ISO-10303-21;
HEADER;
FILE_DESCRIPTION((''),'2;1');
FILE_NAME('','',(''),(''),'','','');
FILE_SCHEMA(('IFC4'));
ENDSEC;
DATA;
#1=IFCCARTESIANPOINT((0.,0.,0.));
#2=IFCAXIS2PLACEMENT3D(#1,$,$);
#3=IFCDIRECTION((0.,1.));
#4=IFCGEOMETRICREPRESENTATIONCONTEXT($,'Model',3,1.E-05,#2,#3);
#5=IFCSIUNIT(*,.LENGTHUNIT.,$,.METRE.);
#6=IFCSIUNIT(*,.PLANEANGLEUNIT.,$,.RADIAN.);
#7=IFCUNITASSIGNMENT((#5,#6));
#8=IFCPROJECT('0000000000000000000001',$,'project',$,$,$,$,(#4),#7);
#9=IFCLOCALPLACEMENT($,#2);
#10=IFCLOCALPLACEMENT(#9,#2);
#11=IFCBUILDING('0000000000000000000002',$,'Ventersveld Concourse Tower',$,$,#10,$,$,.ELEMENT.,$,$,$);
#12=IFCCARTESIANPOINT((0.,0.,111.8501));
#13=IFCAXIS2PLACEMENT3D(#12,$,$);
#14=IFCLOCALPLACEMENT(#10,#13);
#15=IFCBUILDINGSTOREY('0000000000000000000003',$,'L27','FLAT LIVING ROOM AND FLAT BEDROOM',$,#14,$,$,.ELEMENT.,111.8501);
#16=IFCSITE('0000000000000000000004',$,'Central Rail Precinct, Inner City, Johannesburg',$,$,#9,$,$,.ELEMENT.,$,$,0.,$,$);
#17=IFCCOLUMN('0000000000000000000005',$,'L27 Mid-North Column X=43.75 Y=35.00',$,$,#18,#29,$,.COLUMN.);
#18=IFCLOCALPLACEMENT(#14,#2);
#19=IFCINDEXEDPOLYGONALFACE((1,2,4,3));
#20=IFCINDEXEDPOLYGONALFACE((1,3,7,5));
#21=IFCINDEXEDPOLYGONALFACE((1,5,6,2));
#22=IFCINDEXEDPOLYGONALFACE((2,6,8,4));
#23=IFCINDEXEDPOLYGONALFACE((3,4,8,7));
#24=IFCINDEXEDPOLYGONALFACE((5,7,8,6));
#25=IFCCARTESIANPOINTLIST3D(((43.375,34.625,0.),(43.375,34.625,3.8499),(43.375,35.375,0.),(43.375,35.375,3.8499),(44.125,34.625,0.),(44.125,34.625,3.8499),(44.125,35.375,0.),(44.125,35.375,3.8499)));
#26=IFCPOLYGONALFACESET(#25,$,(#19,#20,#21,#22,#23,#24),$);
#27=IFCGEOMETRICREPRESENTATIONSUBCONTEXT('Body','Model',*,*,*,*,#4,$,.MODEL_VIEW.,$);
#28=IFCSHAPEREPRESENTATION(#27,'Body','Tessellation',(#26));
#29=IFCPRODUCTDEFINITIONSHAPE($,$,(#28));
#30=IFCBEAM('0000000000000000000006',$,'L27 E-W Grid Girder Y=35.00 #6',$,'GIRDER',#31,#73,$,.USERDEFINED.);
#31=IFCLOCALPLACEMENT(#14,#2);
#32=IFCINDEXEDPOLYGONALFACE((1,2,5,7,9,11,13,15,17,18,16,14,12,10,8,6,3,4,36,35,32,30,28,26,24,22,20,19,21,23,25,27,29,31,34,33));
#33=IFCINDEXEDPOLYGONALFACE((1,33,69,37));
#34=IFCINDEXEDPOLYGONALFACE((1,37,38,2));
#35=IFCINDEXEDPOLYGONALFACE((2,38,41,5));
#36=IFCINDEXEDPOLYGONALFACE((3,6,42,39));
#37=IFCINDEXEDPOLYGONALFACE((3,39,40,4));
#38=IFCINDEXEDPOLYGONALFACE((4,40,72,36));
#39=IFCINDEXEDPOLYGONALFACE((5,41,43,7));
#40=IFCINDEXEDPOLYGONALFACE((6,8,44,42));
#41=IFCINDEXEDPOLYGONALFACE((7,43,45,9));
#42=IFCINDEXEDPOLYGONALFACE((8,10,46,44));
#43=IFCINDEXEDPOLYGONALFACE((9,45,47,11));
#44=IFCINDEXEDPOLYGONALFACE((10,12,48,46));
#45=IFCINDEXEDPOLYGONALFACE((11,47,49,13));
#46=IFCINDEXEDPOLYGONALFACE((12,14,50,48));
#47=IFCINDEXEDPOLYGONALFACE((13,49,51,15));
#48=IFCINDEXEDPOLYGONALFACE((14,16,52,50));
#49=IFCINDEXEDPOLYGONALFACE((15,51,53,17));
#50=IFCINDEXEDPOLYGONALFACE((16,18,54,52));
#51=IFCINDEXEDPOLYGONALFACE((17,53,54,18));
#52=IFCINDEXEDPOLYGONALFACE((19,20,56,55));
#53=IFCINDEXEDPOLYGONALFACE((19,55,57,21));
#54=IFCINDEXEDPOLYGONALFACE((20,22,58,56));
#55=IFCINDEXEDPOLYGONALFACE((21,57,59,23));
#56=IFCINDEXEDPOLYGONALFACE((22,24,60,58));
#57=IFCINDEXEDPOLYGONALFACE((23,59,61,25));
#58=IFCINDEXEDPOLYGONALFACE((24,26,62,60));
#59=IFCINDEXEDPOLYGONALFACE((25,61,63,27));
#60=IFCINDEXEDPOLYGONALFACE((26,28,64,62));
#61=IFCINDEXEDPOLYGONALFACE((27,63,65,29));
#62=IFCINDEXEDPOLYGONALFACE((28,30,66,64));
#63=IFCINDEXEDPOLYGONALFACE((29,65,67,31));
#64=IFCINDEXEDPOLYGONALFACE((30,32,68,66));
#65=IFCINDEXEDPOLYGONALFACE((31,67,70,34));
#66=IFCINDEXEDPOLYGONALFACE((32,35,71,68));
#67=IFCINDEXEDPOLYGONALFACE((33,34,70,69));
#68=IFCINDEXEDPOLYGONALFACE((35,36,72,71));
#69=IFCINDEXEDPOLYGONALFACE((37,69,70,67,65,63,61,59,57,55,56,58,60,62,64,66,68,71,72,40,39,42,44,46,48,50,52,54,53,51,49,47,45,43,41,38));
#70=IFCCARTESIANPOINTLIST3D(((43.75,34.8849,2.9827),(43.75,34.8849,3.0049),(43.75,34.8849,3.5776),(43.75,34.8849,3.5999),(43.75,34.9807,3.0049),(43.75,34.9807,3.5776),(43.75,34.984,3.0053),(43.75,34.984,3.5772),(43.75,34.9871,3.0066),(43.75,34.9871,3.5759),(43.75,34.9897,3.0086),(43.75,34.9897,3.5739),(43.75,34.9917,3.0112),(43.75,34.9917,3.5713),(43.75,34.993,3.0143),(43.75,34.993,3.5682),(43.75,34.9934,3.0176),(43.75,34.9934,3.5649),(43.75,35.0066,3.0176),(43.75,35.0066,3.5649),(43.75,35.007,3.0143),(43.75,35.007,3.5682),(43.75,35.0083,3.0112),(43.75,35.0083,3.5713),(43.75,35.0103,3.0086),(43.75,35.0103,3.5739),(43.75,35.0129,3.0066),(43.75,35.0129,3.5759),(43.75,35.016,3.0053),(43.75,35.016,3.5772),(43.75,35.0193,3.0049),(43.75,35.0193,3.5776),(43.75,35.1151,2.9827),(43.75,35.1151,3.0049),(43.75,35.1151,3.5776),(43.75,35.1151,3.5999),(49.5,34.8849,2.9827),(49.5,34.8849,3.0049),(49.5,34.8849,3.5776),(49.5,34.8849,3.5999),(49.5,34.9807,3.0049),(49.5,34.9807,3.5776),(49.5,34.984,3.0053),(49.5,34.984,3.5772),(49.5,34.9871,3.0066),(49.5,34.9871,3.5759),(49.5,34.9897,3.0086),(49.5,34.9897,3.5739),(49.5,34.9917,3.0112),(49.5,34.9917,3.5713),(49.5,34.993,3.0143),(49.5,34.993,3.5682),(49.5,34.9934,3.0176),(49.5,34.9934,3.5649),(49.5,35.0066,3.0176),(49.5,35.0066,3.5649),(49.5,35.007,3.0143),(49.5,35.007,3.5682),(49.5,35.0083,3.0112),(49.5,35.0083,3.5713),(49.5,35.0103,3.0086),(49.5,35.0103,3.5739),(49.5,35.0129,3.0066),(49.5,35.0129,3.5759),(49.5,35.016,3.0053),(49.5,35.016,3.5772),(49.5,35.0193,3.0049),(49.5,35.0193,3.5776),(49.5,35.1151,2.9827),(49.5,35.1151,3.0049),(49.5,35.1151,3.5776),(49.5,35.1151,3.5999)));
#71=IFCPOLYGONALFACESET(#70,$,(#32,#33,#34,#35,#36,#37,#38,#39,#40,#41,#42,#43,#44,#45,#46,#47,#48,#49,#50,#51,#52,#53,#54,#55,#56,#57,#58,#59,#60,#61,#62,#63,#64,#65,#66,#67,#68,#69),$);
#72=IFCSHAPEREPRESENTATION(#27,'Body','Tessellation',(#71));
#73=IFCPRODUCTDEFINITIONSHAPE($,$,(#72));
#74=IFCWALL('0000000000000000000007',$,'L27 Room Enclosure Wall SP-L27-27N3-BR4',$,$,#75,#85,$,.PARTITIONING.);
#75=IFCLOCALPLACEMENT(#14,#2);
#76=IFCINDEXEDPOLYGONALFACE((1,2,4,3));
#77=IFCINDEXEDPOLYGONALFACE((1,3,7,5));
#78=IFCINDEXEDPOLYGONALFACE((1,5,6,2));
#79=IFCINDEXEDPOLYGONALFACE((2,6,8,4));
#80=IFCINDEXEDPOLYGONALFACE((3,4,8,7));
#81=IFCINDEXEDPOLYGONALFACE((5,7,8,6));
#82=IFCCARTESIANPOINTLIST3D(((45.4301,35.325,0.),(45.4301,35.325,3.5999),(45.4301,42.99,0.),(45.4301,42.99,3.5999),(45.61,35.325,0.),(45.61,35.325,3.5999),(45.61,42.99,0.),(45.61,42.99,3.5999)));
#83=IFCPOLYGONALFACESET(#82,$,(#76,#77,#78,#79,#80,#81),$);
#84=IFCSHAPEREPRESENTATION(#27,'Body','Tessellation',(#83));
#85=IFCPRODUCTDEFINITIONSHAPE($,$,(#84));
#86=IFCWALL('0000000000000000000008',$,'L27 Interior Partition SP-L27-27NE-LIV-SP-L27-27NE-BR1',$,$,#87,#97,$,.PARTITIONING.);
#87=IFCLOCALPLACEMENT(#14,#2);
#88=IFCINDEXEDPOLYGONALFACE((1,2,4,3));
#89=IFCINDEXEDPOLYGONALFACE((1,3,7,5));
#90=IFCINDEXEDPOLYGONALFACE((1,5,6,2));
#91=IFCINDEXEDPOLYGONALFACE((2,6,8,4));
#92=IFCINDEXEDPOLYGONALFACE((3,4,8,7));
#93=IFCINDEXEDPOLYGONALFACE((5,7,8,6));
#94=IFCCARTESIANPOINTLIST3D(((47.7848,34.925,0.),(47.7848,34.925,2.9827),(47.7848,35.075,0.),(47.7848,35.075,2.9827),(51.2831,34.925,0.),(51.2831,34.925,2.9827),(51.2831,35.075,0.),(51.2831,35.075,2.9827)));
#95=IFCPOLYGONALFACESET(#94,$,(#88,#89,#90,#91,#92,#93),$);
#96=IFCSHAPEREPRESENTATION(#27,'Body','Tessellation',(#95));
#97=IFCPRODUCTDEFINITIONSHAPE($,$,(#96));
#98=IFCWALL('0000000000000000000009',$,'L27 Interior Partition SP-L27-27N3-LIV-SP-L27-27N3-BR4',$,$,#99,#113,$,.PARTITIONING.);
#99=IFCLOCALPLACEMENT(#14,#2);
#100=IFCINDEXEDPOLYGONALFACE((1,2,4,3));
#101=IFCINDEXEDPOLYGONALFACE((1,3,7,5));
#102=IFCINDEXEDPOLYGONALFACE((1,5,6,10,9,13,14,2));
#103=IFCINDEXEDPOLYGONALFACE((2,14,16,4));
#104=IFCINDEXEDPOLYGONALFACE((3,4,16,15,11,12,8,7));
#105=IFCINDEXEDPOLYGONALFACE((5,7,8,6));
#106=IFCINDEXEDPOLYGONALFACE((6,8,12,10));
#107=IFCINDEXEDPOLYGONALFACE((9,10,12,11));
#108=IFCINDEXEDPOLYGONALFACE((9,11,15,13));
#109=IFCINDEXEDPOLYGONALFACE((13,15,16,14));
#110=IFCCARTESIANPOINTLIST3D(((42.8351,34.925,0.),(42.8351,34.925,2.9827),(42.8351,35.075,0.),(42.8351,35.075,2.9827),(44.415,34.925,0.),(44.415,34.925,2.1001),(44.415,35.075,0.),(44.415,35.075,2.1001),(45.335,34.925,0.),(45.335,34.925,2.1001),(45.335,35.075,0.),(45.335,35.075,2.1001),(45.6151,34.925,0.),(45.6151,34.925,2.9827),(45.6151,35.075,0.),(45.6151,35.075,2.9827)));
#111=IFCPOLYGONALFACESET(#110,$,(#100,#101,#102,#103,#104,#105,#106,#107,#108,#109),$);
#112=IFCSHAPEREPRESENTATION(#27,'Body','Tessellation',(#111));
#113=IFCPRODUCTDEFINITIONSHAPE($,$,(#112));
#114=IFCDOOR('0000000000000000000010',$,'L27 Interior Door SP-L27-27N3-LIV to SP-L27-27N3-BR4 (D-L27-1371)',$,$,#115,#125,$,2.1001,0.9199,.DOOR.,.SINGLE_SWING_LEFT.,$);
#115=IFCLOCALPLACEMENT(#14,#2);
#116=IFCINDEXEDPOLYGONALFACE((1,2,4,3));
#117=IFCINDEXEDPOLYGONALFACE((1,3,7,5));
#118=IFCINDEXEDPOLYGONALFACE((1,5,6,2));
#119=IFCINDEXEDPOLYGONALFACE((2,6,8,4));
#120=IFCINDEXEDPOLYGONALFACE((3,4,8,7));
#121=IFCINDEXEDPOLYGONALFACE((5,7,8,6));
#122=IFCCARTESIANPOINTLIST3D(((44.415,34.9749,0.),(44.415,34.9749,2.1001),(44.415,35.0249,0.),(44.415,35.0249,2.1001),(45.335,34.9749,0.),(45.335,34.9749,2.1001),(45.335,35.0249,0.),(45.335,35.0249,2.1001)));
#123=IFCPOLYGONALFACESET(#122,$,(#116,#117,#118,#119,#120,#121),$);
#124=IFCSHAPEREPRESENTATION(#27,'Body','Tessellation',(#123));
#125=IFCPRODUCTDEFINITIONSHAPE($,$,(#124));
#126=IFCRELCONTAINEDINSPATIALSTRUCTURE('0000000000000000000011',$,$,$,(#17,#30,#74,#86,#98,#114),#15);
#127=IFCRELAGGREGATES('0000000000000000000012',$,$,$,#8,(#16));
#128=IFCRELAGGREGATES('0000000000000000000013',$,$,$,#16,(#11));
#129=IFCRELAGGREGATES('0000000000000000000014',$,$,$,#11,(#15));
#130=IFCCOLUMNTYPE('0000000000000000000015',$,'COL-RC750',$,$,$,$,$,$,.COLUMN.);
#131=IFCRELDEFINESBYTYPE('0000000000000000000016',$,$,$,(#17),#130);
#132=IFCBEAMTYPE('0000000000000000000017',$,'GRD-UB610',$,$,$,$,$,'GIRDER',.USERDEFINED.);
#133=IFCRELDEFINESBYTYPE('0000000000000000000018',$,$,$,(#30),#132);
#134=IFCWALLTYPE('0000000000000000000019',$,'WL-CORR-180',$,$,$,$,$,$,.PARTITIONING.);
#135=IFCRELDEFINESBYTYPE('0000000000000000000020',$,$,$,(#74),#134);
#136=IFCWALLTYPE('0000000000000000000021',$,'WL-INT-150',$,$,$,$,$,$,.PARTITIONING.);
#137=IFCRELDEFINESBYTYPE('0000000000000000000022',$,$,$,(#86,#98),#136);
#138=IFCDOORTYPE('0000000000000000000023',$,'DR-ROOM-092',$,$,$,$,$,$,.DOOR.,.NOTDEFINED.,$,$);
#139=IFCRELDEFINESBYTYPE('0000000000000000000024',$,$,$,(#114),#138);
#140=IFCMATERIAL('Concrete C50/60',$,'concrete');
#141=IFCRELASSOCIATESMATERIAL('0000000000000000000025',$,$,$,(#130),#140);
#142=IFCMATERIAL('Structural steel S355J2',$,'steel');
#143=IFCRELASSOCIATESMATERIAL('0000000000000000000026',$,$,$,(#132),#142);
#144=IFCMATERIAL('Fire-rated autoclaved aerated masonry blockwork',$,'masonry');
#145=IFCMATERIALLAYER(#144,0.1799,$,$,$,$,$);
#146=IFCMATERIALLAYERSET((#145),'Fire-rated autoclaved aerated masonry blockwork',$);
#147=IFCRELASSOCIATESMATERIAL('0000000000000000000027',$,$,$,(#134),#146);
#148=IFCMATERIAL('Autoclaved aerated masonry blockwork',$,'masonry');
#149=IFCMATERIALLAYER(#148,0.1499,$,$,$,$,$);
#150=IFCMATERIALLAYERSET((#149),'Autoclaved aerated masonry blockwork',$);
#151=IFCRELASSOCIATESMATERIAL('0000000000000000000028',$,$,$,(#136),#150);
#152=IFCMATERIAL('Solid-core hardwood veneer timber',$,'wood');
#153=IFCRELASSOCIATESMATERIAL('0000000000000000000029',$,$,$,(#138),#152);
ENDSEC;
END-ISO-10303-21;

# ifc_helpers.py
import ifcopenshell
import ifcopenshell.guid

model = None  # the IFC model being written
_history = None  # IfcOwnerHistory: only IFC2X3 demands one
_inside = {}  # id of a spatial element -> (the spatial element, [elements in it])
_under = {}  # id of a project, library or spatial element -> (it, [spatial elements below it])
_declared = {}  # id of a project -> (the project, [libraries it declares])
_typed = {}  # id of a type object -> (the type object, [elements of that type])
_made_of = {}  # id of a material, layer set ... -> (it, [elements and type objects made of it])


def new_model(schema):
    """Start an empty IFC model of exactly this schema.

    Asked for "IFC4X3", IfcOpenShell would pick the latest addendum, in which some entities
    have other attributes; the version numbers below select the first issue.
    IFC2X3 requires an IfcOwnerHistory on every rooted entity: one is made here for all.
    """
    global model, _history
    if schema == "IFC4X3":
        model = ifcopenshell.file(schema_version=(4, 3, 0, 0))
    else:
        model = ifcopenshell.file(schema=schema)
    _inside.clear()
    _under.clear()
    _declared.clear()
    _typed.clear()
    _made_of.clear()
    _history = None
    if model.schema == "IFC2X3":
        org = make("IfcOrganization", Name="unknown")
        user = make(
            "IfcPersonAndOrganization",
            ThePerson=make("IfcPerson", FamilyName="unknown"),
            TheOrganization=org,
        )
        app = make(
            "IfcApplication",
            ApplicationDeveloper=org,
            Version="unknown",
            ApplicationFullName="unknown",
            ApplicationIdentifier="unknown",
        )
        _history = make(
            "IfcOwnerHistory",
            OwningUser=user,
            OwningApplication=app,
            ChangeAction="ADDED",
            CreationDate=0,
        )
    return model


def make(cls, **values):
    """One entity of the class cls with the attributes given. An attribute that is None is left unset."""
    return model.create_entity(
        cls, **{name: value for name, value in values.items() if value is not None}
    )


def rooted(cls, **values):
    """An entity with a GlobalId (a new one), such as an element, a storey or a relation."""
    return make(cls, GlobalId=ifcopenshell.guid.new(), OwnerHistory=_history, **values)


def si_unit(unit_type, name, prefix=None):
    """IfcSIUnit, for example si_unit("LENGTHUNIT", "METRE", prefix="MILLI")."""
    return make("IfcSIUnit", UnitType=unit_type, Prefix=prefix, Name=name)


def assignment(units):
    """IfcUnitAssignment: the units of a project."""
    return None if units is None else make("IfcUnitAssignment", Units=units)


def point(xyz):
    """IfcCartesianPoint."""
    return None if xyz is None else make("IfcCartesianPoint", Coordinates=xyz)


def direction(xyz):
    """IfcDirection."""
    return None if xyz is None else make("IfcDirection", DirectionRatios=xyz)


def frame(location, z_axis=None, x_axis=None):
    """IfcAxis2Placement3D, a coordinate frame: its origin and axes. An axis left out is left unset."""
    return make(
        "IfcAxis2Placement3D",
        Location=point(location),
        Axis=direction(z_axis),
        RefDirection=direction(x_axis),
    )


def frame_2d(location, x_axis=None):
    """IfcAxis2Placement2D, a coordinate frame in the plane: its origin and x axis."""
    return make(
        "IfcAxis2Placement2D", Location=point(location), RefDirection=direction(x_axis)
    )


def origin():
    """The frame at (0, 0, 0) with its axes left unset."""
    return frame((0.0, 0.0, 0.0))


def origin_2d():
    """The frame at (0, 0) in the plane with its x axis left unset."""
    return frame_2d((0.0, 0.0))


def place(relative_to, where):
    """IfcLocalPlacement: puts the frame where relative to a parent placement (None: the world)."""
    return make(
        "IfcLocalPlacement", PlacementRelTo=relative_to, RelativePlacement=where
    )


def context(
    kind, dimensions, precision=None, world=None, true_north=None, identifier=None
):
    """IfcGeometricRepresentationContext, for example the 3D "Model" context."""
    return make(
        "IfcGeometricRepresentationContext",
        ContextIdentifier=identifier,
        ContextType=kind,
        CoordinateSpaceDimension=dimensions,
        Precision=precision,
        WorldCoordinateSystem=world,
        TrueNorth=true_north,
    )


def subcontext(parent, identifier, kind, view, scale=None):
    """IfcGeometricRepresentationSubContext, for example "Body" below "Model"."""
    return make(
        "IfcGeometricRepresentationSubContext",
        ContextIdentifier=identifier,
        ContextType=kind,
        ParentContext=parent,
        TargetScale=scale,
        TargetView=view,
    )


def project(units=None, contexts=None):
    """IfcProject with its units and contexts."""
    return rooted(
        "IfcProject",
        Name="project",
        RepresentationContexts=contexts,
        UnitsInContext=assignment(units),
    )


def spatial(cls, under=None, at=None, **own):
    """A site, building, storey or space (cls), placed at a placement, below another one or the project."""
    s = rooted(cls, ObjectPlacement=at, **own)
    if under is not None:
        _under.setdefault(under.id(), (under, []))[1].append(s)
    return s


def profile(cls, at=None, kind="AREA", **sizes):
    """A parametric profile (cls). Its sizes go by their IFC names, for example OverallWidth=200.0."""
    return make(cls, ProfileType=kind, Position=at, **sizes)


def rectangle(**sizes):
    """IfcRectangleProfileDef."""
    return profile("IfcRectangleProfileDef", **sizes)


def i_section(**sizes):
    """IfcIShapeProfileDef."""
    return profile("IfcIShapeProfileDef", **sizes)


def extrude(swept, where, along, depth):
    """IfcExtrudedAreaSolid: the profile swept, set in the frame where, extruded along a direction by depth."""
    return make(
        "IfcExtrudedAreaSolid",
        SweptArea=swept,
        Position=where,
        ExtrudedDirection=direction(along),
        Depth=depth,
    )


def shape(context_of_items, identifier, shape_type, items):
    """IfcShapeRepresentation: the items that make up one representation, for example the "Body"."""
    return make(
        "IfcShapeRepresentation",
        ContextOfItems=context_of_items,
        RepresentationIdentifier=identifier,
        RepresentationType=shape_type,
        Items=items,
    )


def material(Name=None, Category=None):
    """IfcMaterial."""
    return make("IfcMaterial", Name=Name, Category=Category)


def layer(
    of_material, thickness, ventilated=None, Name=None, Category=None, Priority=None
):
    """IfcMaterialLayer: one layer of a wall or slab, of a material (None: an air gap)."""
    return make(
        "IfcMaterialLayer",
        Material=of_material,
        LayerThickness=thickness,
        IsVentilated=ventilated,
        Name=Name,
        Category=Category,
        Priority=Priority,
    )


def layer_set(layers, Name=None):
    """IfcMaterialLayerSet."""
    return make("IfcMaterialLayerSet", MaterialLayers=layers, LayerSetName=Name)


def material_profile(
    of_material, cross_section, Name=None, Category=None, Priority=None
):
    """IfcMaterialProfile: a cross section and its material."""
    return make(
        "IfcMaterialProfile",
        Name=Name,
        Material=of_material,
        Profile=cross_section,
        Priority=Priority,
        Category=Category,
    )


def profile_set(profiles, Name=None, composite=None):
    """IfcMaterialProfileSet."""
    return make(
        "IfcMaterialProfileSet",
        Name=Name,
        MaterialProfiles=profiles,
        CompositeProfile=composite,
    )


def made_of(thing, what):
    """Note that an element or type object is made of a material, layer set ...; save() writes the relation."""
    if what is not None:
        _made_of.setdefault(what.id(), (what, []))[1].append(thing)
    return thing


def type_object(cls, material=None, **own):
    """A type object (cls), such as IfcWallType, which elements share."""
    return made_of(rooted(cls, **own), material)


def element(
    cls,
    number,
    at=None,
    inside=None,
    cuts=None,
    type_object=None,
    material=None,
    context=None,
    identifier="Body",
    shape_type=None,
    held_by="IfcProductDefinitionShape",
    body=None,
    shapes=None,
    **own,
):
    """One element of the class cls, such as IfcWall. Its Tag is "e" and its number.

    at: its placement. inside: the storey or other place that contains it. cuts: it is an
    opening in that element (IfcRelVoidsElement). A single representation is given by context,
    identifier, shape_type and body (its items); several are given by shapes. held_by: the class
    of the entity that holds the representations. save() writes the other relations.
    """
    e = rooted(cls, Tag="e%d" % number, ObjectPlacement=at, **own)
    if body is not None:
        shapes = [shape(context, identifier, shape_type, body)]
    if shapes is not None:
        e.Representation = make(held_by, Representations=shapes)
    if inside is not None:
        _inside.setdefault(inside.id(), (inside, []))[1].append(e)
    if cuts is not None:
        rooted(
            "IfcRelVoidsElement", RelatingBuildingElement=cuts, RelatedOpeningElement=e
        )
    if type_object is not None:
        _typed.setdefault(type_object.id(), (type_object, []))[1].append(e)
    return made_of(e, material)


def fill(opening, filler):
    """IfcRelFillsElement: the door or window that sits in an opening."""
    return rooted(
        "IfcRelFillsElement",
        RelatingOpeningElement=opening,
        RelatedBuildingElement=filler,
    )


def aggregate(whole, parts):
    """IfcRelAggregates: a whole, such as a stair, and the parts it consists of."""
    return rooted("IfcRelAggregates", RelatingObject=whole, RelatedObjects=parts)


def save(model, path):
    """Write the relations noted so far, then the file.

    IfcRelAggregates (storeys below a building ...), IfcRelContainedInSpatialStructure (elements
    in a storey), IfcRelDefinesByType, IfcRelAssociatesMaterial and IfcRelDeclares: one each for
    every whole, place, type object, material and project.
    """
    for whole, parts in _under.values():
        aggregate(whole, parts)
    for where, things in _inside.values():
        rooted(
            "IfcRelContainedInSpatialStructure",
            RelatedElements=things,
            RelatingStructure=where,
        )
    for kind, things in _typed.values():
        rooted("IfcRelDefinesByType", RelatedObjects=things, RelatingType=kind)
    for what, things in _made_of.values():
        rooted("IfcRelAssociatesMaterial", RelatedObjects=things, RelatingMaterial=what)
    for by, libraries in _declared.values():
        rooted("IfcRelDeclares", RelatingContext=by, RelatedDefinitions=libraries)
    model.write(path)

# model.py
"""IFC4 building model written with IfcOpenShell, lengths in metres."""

from ifc_helpers import new_model, si_unit, direction, frame, frame_2d, origin, origin_2d, place, context, subcontext, project, spatial, rectangle, i_section, extrude, material, layer, layer_set, material_profile, profile_set, type_object, element, fill, save


model = new_model("IFC4")

# Units and contexts
model_context = context("Model", 3, precision=1e-05, world=origin(), true_north=direction((0.0, 1.0)))
body_context = subcontext(model_context, "Body", "Model", "MODEL_VIEW")
ifc_project = project(units=[si_unit("LENGTHUNIT", "METRE"), si_unit("PLANEANGLEUNIT", "RADIAN")], contexts=[model_context])

# Site, building, storey
site_placement = place(None, origin())
site = spatial("IfcSite", under=ifc_project, at=site_placement, Name="Central Rail Precinct, Inner City, Johannesburg", CompositionType="ELEMENT", RefElevation=0.0)
building_placement = place(site_placement, origin())
building = spatial("IfcBuilding", under=site, at=building_placement, Name="Ventersveld Concourse Tower", CompositionType="ELEMENT")
storey_placement = place(building_placement, frame((0.0, 0.0, 111.8501)))
storey = spatial("IfcBuildingStorey", under=building, at=storey_placement, Name="L27", Description="FLAT LIVING ROOM AND FLAT BEDROOM", CompositionType="ELEMENT", Elevation=111.8501)

# Column
ifc_material_1 = material(Name="Concrete C50/60", Category="concrete")
ifc_material_profile_1 = material_profile(ifc_material_1, rectangle(XDim=0.75, YDim=0.75, at=origin_2d()), Name="RC 750x750")
ifc_profile_set_1 = profile_set([ifc_material_profile_1], Name="Concrete C50/60")
column_type = type_object("IfcColumnType", Name="COL-RC750", PredefinedType="COLUMN", material=ifc_profile_set_1)
column_placement = place(storey_placement, frame((43.75, 35.0, 0.0), z_axis=(0.0, 0.0, 1.0), x_axis=(1.0, 0.0, 0.0)))
element("IfcColumn", 1, at=column_placement, inside=storey, type_object=column_type, Name="L27 Mid-North Column X=43.75 Y=35.00", PredefinedType="COLUMN", context=body_context, shape_type="SweptSolid", body=[
    extrude(rectangle(XDim=0.75, YDim=0.75, at=origin_2d()), origin(), (0.0, 0.0, 1.0), 3.8499),
])

# Beam
ifc_material_2 = material(Name="Structural steel S355J2", Category="steel")
ifc_material_profile_2 = material_profile(ifc_material_2, i_section(OverallWidth=0.2302, OverallDepth=0.6172, WebThickness=0.0132, FlangeThickness=0.0222, FilletRadius=0.0127, at=origin_2d()), Name="UB 610x229x140")
ifc_profile_set_2 = profile_set([ifc_material_profile_2], Name="Structural steel S355J2")
beam_type = type_object("IfcBeamType", Name="GRD-UB610", ElementType="GIRDER", PredefinedType="USERDEFINED", material=ifc_profile_set_2)
beam_placement = place(storey_placement, frame((43.75, 35.0, 3.2913), z_axis=(1.0, 0.0, 0.0), x_axis=(0.0, 1.0, 0.0)))
element("IfcBeam", 2, at=beam_placement, inside=storey, type_object=beam_type, Name="L27 E-W Grid Girder Y=35.00 #6", ObjectType="GIRDER", PredefinedType="USERDEFINED", context=body_context, shape_type="SweptSolid", body=[
    extrude(i_section(OverallWidth=0.2302, OverallDepth=0.6172, WebThickness=0.0132, FlangeThickness=0.0222, FilletRadius=0.0127, at=origin_2d()), origin(), (0.0, 0.0, 1.0), 5.75),
])

# Walls
ifc_material_3 = material(Name="Fire-rated autoclaved aerated masonry blockwork", Category="masonry")
ifc_layer_1 = layer(ifc_material_3, 0.1799)
ifc_layer_set_1 = layer_set([ifc_layer_1], Name="Fire-rated autoclaved aerated masonry blockwork")
wall_type_1 = type_object("IfcWallType", Name="WL-CORR-180", PredefinedType="PARTITIONING", material=ifc_layer_set_1)
wall_1_placement = place(storey_placement, frame((45.52, 42.99, 0.0), z_axis=(0.0, 0.0, 1.0), x_axis=(0.0, -1.0, 0.0)))
element("IfcWall", 3, at=wall_1_placement, inside=storey, type_object=wall_type_1, Name="L27 Room Enclosure Wall SP-L27-27N3-BR4", PredefinedType="PARTITIONING", context=body_context, shape_type="SweptSolid", body=[
    extrude(rectangle(XDim=7.665, YDim=0.1799, at=frame_2d((3.8325, 0.0))), origin(), (0.0, 0.0, 1.0), 3.5999),
])
ifc_material_4 = material(Name="Autoclaved aerated masonry blockwork", Category="masonry")
ifc_layer_2 = layer(ifc_material_4, 0.1499)
ifc_layer_set_2 = layer_set([ifc_layer_2], Name="Autoclaved aerated masonry blockwork")
wall_type_2 = type_object("IfcWallType", Name="WL-INT-150", PredefinedType="PARTITIONING", material=ifc_layer_set_2)
wall_2_placement = place(storey_placement, frame((47.7849, 35.0, 0.0), z_axis=(0.0, 0.0, 1.0), x_axis=(1.0, 0.0, 0.0)))
element("IfcWall", 4, at=wall_2_placement, inside=storey, type_object=wall_type_2, Name="L27 Interior Partition SP-L27-27NE-LIV-SP-L27-27NE-BR1", PredefinedType="PARTITIONING", context=body_context, shape_type="SweptSolid", body=[
    extrude(rectangle(XDim=3.4983, YDim=0.1499, at=frame_2d((1.749, 0.0))), origin(), (0.0, 0.0, 1.0), 2.9827),
])

# Wall, opening, door
wall_3_placement = place(storey_placement, frame((42.835, 35.0, 0.0), z_axis=(0.0, 0.0, 1.0), x_axis=(1.0, 0.0, 0.0)))
wall_3 = element("IfcWall", 5, at=wall_3_placement, inside=storey, type_object=wall_type_2, Name="L27 Interior Partition SP-L27-27N3-LIV-SP-L27-27N3-BR4", PredefinedType="PARTITIONING", context=body_context, shape_type="SweptSolid", body=[
    extrude(rectangle(XDim=2.78, YDim=0.1499, at=frame_2d((1.3901, 0.0))), origin(), (0.0, 0.0, 1.0), 2.9827),
])
opening_placement = place(wall_3_placement, frame((1.5801, 0.0, 0.0)))
opening = element("IfcOpeningElement", 6, at=opening_placement, cuts=wall_3, PredefinedType="OPENING", context=body_context, shape_type="SweptSolid", body=[
    extrude(rectangle(XDim=0.9199, YDim=2.1001, at=frame_2d((0.46, 1.05))), frame((0.0, 0.085, 0.0), z_axis=(0.0, -1.0, 0.0), x_axis=(1.0, 0.0, 0.0)), (0.0, 0.0, 1.0), 0.1699),
])
ifc_material_5 = material(Name="Solid-core hardwood veneer timber", Category="wood")
door_type = type_object("IfcDoorType", Name="DR-ROOM-092", OperationType="NOTDEFINED", PredefinedType="DOOR", material=ifc_material_5)
door_placement = place(opening_placement, origin())
door = element("IfcDoor", 7, at=door_placement, inside=storey, type_object=door_type, Name="L27 Interior Door SP-L27-27N3-LIV to SP-L27-27N3-BR4 (D-L27-1371)", OperationType="SINGLE_SWING_LEFT", OverallHeight=2.1001, OverallWidth=0.9199, PredefinedType="DOOR", context=body_context, shape_type="SweptSolid", body=[
    extrude(rectangle(XDim=0.9199, YDim=2.1001, at=frame_2d((0.46, 1.05))), frame((0.0, 0.0249, 0.0), z_axis=(0.0, -1.0, 0.0), x_axis=(1.0, 0.0, 0.0)), (0.0, 0.0, 1.0), 0.05),
])
fill(opening, door)

save(model, "model.ifc")
